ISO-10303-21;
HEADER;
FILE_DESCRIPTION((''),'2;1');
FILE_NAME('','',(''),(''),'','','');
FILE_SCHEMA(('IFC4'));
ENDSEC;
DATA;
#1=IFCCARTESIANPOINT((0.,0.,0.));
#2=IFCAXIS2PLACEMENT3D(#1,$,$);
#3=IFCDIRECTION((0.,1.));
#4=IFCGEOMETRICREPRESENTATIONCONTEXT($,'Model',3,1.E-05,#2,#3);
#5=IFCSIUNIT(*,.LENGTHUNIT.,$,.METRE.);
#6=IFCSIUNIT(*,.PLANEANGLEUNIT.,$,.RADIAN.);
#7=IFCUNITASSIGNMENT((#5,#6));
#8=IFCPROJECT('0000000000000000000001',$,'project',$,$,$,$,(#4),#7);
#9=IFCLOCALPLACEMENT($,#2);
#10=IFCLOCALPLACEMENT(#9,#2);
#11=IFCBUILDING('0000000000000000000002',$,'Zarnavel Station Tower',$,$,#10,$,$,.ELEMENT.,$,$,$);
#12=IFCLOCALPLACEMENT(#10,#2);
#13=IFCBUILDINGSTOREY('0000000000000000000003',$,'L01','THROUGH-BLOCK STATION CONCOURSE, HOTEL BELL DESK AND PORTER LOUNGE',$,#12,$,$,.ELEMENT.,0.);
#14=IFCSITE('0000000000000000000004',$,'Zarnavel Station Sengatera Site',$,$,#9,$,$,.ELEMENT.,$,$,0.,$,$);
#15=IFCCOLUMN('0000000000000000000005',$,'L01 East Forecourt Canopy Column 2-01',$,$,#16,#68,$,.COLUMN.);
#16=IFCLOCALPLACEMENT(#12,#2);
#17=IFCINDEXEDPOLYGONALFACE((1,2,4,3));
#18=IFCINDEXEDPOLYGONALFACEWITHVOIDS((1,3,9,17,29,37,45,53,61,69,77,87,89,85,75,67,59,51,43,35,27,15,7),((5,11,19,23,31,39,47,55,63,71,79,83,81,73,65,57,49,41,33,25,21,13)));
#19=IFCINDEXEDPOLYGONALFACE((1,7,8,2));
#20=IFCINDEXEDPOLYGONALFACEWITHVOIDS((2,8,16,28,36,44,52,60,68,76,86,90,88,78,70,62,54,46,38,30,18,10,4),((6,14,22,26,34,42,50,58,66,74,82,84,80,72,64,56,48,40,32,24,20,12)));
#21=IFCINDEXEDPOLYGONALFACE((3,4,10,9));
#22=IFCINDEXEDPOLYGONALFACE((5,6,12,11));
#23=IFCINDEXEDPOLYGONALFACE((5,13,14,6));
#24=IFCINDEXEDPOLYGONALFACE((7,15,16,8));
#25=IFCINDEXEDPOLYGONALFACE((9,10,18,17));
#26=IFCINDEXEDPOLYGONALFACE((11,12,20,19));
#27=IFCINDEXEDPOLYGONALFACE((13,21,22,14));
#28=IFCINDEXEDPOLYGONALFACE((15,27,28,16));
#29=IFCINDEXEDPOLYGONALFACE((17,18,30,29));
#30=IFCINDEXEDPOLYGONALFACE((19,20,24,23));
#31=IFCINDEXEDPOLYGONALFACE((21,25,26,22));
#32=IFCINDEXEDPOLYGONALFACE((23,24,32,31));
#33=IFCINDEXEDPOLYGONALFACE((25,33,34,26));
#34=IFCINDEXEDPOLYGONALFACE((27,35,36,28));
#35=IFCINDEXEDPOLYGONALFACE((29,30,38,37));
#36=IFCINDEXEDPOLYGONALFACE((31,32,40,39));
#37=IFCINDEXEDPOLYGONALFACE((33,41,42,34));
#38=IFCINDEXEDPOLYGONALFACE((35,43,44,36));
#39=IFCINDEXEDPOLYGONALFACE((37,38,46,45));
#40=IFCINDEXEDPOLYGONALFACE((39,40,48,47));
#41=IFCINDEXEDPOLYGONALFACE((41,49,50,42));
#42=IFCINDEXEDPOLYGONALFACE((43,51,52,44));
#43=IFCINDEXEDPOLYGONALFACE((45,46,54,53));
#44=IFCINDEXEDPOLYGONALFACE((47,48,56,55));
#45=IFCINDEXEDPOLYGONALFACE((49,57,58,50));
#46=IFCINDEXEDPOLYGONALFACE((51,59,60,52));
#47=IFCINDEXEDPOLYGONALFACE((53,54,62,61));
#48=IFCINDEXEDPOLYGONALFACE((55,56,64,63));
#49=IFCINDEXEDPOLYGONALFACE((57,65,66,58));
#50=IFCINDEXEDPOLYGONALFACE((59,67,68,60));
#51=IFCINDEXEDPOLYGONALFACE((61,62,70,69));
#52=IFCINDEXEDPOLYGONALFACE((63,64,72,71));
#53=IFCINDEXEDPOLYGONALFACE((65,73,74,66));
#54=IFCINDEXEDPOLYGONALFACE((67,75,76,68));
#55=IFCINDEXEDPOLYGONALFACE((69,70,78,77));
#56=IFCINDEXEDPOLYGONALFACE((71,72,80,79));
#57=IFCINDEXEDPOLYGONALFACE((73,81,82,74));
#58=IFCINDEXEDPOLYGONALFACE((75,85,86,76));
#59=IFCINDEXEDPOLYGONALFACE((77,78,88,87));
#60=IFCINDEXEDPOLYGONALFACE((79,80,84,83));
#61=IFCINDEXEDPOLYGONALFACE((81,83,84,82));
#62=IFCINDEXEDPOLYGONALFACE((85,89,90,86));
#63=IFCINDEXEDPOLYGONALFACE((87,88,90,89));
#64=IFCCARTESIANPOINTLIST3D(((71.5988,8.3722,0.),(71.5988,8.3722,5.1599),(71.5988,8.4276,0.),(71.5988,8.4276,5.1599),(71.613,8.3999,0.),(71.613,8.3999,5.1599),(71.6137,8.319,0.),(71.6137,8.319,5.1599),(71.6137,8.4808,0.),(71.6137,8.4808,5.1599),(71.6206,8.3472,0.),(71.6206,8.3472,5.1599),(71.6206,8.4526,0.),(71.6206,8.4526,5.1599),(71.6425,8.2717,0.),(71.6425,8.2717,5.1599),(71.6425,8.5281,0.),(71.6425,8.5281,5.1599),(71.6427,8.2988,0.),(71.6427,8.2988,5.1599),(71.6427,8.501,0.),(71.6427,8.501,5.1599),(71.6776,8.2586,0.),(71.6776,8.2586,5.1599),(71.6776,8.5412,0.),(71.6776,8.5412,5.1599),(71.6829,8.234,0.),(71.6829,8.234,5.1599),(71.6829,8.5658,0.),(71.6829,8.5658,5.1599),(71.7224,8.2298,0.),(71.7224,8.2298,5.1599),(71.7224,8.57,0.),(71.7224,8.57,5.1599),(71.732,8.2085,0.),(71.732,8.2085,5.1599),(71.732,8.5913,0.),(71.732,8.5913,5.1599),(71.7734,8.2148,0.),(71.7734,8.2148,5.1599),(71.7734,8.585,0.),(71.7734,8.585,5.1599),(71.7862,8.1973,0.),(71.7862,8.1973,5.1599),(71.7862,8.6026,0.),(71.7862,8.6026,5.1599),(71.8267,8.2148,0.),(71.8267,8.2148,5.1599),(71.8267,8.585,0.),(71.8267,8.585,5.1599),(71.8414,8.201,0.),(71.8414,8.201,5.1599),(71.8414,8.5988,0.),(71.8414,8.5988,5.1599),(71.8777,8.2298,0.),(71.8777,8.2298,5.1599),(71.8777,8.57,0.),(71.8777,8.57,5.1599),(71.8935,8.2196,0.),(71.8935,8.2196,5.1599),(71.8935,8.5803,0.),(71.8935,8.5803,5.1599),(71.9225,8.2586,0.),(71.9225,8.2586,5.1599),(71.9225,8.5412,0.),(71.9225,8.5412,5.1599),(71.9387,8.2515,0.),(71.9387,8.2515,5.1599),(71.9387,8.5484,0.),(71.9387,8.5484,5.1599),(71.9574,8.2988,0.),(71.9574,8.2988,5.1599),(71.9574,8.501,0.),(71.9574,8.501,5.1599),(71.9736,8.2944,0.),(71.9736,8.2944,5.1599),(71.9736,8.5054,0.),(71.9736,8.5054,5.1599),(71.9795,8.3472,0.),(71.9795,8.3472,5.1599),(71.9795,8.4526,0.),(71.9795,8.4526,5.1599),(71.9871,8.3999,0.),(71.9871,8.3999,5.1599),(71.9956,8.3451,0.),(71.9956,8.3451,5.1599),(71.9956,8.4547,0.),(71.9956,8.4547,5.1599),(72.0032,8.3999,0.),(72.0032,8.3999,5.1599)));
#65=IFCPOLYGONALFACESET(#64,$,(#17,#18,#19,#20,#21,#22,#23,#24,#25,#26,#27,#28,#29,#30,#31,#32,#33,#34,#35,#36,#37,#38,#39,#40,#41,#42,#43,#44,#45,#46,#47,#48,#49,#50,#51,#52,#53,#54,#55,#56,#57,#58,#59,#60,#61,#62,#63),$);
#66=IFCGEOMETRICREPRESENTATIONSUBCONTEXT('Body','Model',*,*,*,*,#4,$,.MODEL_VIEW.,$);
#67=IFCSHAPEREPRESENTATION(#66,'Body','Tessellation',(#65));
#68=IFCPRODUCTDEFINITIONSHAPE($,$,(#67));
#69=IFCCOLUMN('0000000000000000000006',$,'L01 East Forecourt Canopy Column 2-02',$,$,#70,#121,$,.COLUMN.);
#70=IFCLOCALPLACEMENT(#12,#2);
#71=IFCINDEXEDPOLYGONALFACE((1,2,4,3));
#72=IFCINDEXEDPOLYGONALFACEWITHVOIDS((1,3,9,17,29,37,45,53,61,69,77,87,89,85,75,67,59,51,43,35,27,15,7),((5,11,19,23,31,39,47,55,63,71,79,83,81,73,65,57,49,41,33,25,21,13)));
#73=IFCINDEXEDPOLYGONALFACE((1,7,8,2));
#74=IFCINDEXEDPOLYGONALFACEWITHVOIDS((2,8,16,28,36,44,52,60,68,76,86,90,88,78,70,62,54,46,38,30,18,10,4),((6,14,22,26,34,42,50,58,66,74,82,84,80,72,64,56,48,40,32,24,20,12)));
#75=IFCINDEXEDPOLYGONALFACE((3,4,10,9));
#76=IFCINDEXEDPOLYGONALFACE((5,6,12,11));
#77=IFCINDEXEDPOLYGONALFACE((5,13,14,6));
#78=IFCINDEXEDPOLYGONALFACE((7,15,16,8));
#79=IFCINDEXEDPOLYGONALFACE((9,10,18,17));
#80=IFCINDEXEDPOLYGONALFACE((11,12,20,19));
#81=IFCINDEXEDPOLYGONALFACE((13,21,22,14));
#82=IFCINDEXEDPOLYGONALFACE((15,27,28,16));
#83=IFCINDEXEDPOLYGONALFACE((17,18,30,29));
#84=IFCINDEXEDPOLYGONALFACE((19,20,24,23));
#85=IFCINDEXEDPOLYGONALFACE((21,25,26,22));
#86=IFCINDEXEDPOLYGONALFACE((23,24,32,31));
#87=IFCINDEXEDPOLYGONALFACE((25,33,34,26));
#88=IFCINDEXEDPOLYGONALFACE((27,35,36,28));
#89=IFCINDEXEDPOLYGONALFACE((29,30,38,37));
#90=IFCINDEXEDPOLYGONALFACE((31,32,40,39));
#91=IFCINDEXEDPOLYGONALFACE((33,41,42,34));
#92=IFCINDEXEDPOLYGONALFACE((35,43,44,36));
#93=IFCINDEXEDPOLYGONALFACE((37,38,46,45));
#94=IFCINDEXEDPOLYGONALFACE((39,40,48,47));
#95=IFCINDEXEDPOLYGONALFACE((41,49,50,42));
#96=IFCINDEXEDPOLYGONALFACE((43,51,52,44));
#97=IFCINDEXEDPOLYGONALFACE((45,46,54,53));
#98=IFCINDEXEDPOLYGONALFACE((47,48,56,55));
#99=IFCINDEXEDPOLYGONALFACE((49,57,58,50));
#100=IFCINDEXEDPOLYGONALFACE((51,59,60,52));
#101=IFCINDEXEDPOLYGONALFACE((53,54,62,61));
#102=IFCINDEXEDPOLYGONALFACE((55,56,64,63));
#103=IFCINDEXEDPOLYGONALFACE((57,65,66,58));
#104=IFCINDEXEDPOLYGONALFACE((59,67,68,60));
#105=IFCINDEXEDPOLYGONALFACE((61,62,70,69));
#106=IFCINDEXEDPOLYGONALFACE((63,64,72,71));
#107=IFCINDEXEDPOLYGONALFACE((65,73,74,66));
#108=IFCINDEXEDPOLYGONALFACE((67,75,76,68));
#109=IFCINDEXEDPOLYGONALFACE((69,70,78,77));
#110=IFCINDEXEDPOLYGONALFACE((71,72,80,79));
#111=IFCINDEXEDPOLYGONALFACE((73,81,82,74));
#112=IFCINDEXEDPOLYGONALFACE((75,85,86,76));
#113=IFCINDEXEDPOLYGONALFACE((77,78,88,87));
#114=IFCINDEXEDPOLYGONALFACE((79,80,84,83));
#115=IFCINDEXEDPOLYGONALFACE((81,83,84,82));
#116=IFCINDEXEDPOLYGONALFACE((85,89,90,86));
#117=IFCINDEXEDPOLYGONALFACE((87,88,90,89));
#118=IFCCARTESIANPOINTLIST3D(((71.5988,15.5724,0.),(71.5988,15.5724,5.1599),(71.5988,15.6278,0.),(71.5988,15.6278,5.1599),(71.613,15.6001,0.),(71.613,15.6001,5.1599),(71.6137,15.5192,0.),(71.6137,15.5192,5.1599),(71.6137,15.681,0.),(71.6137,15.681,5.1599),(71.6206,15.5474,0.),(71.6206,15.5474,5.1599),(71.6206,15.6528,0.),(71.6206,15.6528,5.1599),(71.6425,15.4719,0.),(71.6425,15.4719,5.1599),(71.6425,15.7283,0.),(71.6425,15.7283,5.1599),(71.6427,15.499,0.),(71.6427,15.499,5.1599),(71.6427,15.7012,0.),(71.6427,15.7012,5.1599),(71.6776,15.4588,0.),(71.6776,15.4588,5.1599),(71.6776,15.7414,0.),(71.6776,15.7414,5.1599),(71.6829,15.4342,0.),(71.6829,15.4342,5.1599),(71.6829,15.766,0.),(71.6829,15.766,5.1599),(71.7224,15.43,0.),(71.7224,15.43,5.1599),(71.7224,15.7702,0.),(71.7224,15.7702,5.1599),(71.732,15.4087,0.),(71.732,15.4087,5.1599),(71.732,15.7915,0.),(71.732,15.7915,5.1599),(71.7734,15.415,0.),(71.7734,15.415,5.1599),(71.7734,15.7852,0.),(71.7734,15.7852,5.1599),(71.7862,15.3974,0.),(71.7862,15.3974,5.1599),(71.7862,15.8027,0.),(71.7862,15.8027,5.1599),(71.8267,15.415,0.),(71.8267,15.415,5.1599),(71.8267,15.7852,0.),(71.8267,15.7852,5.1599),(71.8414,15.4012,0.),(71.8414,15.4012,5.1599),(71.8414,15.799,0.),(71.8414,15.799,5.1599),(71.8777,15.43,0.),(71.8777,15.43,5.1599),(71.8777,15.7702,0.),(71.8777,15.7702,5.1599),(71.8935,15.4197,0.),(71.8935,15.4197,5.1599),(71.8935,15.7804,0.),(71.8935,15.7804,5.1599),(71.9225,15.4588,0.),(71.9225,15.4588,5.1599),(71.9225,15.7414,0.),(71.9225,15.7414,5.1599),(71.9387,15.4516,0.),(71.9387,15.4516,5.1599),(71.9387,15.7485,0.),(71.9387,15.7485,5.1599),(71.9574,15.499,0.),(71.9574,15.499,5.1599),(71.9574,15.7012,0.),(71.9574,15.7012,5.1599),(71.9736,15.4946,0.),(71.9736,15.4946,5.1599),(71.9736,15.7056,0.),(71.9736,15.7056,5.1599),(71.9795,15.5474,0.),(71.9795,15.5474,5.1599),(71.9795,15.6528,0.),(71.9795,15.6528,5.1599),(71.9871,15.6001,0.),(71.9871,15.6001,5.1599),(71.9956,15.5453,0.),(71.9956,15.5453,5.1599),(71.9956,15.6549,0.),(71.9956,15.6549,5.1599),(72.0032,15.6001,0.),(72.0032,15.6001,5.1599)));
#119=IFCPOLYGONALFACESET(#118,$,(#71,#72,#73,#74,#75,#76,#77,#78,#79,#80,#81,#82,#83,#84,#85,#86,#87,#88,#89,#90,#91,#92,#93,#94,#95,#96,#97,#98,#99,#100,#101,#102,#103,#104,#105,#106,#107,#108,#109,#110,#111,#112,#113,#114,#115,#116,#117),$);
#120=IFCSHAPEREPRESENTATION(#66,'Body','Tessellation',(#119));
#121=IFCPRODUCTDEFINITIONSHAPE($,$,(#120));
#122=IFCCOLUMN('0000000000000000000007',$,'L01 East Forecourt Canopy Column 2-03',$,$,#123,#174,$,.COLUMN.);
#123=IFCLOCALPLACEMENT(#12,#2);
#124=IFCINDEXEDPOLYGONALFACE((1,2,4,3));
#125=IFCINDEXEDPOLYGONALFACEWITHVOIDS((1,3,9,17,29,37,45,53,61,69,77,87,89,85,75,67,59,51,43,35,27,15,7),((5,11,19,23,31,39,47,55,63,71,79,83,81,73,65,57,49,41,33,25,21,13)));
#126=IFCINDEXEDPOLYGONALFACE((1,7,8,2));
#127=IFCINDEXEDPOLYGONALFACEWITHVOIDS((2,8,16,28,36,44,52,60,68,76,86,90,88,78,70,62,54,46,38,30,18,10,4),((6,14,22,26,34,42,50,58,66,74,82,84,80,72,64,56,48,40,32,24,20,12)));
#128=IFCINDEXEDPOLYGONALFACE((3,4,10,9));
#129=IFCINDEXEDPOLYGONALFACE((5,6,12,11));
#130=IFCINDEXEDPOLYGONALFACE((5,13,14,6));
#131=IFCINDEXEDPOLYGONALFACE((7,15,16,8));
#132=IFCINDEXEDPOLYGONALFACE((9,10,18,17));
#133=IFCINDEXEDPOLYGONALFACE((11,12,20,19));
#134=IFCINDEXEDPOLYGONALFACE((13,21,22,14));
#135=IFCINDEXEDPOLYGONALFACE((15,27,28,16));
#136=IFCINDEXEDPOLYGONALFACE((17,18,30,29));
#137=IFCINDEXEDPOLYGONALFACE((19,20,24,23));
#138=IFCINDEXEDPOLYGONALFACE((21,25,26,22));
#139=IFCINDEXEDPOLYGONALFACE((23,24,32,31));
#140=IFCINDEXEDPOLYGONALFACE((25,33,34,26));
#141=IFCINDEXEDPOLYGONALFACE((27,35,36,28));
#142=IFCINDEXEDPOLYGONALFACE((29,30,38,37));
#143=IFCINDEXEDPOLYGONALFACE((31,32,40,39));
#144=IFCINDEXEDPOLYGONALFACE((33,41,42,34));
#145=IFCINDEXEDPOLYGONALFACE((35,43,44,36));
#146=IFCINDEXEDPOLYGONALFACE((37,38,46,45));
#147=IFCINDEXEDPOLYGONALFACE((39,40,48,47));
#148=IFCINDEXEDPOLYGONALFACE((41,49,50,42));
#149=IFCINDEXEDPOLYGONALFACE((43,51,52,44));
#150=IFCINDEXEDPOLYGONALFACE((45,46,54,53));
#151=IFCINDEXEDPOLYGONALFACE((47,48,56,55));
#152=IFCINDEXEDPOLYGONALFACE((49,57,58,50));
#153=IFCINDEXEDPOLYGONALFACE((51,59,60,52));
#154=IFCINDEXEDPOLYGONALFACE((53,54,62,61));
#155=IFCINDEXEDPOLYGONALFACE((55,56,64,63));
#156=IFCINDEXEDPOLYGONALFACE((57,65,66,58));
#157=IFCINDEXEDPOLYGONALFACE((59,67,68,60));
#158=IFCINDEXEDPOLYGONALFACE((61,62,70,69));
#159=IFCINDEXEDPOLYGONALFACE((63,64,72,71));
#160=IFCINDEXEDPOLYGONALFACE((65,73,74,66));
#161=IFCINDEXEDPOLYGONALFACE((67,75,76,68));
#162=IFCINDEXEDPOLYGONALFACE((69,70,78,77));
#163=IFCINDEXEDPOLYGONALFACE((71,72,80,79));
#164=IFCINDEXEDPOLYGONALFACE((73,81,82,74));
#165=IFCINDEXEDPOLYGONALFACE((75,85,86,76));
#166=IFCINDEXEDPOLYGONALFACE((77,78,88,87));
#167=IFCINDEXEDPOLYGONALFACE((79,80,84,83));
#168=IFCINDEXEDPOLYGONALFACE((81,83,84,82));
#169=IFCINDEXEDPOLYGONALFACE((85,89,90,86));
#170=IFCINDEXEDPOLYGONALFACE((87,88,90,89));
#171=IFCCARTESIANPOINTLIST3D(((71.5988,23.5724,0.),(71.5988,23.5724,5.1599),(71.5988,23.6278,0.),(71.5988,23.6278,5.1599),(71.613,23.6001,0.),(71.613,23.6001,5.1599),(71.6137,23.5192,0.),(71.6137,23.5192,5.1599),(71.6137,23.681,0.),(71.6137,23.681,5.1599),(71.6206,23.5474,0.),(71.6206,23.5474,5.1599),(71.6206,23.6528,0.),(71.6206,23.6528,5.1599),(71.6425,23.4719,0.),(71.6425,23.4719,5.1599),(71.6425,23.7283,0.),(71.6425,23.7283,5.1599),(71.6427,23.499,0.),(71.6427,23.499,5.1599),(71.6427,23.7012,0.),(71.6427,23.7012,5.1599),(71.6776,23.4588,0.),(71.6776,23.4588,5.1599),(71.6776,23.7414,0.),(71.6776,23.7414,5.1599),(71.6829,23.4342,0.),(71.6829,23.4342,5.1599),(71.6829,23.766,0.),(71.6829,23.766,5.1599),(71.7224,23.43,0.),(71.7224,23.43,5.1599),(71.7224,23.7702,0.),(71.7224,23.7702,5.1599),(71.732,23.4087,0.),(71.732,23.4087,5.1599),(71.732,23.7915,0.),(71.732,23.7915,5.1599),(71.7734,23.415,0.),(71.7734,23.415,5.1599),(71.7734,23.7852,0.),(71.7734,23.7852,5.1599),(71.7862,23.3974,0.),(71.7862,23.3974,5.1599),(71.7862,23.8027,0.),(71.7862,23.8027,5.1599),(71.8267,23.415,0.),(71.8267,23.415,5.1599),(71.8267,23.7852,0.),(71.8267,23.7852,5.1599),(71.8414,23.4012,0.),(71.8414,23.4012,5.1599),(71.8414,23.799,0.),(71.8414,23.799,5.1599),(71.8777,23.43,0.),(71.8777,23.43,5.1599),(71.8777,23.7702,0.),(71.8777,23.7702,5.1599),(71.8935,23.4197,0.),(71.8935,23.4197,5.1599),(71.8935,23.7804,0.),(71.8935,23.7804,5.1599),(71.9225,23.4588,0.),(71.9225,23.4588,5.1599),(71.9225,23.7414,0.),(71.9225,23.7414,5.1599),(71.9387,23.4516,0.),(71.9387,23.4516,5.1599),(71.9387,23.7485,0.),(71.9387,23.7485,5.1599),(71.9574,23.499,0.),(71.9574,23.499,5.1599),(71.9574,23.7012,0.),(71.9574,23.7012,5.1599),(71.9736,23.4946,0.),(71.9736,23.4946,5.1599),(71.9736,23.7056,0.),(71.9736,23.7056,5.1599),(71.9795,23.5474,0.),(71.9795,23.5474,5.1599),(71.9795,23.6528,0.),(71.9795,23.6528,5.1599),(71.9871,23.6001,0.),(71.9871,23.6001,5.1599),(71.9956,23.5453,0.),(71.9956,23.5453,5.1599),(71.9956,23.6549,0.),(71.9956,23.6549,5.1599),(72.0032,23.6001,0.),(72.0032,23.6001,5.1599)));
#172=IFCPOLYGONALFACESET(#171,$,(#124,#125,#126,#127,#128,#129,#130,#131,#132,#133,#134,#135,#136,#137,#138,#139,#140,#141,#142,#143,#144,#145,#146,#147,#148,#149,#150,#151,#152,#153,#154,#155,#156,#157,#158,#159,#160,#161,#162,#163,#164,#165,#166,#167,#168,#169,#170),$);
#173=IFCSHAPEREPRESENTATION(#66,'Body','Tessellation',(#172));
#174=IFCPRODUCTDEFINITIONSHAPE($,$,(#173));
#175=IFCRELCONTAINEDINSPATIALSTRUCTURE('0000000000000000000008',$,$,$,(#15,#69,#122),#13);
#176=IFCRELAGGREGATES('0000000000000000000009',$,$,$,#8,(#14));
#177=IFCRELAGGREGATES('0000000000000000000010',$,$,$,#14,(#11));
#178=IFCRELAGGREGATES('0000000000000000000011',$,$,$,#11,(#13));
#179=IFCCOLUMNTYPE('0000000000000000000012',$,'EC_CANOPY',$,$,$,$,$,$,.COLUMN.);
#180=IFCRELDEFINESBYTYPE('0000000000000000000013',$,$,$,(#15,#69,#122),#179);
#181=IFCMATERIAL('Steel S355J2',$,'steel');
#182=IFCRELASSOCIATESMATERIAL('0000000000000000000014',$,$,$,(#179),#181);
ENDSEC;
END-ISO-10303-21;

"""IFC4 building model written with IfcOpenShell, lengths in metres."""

from ifc_helpers import new_model, si_unit, direction, frame, origin, origin_2d, place, context, subcontext, project, spatial, hollow_circle, extrude, material, material_profile, profile_set, type_object, element, save


model = new_model("IFC4")

# Units and contexts
model_context = context("Model", 3, precision=1e-05, world=origin(), true_north=direction((0.0, 1.0)))
body_context = subcontext(model_context, "Body", "Model", "MODEL_VIEW")
ifc_project = project(units=[si_unit("LENGTHUNIT", "METRE"), si_unit("PLANEANGLEUNIT", "RADIAN")], contexts=[model_context])

# Site, building, storey
site_placement = place(None, origin())
site = spatial("IfcSite", under=ifc_project, at=site_placement, Name="Zarnavel Station Sengatera Site", CompositionType="ELEMENT", RefElevation=0.0)
building_placement = place(site_placement, origin())
building = spatial("IfcBuilding", under=site, at=building_placement, Name="Zarnavel Station Tower", CompositionType="ELEMENT")
storey_placement = place(building_placement, origin())
storey = spatial("IfcBuildingStorey", under=building, at=storey_placement, Name="L01", Description="THROUGH-BLOCK STATION CONCOURSE, HOTEL BELL DESK AND PORTER LOUNGE", CompositionType="ELEMENT", Elevation=0.0)

# Columns
ifc_material_1 = material(Name="Steel S355J2", Category="steel")
ifc_material_profile_1 = material_profile(ifc_material_1, hollow_circle(Radius=0.2031, WallThickness=0.0161, at=origin_2d()), Name="CHS406.4x16")
ifc_profile_set_1 = profile_set([ifc_material_profile_1], Name="Steel S355J2")
column_type_1 = type_object("IfcColumnType", Name="EC_CANOPY", PredefinedType="COLUMN", material=ifc_profile_set_1)
for number, where, z_axis, x_axis, name in (
    (1, (71.8, 8.3999, 0.0), (0.0, 0.0, 1.0), (1.0, 0.0, 0.0), "L01 East Forecourt Canopy Column 2-01"),
    (2, (71.8, 15.6001, 0.0), (0.0, 0.0, 1.0), (1.0, 0.0, 0.0), "L01 East Forecourt Canopy Column 2-02"),
    (3, (71.8, 23.6001, 0.0), (0.0, 0.0, 1.0), (1.0, 0.0, 0.0), "L01 East Forecourt Canopy Column 2-03"),
):
    element("IfcColumn", number, at=place(storey_placement, frame(where, z_axis=z_axis, x_axis=x_axis)), inside=storey, type_object=column_type_1, Name=name, PredefinedType="COLUMN", context=body_context, shape_type="SweptSolid", body=[
        extrude(hollow_circle(Radius=0.2031, WallThickness=0.0161, at=origin_2d()), origin(), (0.0, 0.0, 1.0), 5.1599),
    ])

save(model, "model.ifc")
